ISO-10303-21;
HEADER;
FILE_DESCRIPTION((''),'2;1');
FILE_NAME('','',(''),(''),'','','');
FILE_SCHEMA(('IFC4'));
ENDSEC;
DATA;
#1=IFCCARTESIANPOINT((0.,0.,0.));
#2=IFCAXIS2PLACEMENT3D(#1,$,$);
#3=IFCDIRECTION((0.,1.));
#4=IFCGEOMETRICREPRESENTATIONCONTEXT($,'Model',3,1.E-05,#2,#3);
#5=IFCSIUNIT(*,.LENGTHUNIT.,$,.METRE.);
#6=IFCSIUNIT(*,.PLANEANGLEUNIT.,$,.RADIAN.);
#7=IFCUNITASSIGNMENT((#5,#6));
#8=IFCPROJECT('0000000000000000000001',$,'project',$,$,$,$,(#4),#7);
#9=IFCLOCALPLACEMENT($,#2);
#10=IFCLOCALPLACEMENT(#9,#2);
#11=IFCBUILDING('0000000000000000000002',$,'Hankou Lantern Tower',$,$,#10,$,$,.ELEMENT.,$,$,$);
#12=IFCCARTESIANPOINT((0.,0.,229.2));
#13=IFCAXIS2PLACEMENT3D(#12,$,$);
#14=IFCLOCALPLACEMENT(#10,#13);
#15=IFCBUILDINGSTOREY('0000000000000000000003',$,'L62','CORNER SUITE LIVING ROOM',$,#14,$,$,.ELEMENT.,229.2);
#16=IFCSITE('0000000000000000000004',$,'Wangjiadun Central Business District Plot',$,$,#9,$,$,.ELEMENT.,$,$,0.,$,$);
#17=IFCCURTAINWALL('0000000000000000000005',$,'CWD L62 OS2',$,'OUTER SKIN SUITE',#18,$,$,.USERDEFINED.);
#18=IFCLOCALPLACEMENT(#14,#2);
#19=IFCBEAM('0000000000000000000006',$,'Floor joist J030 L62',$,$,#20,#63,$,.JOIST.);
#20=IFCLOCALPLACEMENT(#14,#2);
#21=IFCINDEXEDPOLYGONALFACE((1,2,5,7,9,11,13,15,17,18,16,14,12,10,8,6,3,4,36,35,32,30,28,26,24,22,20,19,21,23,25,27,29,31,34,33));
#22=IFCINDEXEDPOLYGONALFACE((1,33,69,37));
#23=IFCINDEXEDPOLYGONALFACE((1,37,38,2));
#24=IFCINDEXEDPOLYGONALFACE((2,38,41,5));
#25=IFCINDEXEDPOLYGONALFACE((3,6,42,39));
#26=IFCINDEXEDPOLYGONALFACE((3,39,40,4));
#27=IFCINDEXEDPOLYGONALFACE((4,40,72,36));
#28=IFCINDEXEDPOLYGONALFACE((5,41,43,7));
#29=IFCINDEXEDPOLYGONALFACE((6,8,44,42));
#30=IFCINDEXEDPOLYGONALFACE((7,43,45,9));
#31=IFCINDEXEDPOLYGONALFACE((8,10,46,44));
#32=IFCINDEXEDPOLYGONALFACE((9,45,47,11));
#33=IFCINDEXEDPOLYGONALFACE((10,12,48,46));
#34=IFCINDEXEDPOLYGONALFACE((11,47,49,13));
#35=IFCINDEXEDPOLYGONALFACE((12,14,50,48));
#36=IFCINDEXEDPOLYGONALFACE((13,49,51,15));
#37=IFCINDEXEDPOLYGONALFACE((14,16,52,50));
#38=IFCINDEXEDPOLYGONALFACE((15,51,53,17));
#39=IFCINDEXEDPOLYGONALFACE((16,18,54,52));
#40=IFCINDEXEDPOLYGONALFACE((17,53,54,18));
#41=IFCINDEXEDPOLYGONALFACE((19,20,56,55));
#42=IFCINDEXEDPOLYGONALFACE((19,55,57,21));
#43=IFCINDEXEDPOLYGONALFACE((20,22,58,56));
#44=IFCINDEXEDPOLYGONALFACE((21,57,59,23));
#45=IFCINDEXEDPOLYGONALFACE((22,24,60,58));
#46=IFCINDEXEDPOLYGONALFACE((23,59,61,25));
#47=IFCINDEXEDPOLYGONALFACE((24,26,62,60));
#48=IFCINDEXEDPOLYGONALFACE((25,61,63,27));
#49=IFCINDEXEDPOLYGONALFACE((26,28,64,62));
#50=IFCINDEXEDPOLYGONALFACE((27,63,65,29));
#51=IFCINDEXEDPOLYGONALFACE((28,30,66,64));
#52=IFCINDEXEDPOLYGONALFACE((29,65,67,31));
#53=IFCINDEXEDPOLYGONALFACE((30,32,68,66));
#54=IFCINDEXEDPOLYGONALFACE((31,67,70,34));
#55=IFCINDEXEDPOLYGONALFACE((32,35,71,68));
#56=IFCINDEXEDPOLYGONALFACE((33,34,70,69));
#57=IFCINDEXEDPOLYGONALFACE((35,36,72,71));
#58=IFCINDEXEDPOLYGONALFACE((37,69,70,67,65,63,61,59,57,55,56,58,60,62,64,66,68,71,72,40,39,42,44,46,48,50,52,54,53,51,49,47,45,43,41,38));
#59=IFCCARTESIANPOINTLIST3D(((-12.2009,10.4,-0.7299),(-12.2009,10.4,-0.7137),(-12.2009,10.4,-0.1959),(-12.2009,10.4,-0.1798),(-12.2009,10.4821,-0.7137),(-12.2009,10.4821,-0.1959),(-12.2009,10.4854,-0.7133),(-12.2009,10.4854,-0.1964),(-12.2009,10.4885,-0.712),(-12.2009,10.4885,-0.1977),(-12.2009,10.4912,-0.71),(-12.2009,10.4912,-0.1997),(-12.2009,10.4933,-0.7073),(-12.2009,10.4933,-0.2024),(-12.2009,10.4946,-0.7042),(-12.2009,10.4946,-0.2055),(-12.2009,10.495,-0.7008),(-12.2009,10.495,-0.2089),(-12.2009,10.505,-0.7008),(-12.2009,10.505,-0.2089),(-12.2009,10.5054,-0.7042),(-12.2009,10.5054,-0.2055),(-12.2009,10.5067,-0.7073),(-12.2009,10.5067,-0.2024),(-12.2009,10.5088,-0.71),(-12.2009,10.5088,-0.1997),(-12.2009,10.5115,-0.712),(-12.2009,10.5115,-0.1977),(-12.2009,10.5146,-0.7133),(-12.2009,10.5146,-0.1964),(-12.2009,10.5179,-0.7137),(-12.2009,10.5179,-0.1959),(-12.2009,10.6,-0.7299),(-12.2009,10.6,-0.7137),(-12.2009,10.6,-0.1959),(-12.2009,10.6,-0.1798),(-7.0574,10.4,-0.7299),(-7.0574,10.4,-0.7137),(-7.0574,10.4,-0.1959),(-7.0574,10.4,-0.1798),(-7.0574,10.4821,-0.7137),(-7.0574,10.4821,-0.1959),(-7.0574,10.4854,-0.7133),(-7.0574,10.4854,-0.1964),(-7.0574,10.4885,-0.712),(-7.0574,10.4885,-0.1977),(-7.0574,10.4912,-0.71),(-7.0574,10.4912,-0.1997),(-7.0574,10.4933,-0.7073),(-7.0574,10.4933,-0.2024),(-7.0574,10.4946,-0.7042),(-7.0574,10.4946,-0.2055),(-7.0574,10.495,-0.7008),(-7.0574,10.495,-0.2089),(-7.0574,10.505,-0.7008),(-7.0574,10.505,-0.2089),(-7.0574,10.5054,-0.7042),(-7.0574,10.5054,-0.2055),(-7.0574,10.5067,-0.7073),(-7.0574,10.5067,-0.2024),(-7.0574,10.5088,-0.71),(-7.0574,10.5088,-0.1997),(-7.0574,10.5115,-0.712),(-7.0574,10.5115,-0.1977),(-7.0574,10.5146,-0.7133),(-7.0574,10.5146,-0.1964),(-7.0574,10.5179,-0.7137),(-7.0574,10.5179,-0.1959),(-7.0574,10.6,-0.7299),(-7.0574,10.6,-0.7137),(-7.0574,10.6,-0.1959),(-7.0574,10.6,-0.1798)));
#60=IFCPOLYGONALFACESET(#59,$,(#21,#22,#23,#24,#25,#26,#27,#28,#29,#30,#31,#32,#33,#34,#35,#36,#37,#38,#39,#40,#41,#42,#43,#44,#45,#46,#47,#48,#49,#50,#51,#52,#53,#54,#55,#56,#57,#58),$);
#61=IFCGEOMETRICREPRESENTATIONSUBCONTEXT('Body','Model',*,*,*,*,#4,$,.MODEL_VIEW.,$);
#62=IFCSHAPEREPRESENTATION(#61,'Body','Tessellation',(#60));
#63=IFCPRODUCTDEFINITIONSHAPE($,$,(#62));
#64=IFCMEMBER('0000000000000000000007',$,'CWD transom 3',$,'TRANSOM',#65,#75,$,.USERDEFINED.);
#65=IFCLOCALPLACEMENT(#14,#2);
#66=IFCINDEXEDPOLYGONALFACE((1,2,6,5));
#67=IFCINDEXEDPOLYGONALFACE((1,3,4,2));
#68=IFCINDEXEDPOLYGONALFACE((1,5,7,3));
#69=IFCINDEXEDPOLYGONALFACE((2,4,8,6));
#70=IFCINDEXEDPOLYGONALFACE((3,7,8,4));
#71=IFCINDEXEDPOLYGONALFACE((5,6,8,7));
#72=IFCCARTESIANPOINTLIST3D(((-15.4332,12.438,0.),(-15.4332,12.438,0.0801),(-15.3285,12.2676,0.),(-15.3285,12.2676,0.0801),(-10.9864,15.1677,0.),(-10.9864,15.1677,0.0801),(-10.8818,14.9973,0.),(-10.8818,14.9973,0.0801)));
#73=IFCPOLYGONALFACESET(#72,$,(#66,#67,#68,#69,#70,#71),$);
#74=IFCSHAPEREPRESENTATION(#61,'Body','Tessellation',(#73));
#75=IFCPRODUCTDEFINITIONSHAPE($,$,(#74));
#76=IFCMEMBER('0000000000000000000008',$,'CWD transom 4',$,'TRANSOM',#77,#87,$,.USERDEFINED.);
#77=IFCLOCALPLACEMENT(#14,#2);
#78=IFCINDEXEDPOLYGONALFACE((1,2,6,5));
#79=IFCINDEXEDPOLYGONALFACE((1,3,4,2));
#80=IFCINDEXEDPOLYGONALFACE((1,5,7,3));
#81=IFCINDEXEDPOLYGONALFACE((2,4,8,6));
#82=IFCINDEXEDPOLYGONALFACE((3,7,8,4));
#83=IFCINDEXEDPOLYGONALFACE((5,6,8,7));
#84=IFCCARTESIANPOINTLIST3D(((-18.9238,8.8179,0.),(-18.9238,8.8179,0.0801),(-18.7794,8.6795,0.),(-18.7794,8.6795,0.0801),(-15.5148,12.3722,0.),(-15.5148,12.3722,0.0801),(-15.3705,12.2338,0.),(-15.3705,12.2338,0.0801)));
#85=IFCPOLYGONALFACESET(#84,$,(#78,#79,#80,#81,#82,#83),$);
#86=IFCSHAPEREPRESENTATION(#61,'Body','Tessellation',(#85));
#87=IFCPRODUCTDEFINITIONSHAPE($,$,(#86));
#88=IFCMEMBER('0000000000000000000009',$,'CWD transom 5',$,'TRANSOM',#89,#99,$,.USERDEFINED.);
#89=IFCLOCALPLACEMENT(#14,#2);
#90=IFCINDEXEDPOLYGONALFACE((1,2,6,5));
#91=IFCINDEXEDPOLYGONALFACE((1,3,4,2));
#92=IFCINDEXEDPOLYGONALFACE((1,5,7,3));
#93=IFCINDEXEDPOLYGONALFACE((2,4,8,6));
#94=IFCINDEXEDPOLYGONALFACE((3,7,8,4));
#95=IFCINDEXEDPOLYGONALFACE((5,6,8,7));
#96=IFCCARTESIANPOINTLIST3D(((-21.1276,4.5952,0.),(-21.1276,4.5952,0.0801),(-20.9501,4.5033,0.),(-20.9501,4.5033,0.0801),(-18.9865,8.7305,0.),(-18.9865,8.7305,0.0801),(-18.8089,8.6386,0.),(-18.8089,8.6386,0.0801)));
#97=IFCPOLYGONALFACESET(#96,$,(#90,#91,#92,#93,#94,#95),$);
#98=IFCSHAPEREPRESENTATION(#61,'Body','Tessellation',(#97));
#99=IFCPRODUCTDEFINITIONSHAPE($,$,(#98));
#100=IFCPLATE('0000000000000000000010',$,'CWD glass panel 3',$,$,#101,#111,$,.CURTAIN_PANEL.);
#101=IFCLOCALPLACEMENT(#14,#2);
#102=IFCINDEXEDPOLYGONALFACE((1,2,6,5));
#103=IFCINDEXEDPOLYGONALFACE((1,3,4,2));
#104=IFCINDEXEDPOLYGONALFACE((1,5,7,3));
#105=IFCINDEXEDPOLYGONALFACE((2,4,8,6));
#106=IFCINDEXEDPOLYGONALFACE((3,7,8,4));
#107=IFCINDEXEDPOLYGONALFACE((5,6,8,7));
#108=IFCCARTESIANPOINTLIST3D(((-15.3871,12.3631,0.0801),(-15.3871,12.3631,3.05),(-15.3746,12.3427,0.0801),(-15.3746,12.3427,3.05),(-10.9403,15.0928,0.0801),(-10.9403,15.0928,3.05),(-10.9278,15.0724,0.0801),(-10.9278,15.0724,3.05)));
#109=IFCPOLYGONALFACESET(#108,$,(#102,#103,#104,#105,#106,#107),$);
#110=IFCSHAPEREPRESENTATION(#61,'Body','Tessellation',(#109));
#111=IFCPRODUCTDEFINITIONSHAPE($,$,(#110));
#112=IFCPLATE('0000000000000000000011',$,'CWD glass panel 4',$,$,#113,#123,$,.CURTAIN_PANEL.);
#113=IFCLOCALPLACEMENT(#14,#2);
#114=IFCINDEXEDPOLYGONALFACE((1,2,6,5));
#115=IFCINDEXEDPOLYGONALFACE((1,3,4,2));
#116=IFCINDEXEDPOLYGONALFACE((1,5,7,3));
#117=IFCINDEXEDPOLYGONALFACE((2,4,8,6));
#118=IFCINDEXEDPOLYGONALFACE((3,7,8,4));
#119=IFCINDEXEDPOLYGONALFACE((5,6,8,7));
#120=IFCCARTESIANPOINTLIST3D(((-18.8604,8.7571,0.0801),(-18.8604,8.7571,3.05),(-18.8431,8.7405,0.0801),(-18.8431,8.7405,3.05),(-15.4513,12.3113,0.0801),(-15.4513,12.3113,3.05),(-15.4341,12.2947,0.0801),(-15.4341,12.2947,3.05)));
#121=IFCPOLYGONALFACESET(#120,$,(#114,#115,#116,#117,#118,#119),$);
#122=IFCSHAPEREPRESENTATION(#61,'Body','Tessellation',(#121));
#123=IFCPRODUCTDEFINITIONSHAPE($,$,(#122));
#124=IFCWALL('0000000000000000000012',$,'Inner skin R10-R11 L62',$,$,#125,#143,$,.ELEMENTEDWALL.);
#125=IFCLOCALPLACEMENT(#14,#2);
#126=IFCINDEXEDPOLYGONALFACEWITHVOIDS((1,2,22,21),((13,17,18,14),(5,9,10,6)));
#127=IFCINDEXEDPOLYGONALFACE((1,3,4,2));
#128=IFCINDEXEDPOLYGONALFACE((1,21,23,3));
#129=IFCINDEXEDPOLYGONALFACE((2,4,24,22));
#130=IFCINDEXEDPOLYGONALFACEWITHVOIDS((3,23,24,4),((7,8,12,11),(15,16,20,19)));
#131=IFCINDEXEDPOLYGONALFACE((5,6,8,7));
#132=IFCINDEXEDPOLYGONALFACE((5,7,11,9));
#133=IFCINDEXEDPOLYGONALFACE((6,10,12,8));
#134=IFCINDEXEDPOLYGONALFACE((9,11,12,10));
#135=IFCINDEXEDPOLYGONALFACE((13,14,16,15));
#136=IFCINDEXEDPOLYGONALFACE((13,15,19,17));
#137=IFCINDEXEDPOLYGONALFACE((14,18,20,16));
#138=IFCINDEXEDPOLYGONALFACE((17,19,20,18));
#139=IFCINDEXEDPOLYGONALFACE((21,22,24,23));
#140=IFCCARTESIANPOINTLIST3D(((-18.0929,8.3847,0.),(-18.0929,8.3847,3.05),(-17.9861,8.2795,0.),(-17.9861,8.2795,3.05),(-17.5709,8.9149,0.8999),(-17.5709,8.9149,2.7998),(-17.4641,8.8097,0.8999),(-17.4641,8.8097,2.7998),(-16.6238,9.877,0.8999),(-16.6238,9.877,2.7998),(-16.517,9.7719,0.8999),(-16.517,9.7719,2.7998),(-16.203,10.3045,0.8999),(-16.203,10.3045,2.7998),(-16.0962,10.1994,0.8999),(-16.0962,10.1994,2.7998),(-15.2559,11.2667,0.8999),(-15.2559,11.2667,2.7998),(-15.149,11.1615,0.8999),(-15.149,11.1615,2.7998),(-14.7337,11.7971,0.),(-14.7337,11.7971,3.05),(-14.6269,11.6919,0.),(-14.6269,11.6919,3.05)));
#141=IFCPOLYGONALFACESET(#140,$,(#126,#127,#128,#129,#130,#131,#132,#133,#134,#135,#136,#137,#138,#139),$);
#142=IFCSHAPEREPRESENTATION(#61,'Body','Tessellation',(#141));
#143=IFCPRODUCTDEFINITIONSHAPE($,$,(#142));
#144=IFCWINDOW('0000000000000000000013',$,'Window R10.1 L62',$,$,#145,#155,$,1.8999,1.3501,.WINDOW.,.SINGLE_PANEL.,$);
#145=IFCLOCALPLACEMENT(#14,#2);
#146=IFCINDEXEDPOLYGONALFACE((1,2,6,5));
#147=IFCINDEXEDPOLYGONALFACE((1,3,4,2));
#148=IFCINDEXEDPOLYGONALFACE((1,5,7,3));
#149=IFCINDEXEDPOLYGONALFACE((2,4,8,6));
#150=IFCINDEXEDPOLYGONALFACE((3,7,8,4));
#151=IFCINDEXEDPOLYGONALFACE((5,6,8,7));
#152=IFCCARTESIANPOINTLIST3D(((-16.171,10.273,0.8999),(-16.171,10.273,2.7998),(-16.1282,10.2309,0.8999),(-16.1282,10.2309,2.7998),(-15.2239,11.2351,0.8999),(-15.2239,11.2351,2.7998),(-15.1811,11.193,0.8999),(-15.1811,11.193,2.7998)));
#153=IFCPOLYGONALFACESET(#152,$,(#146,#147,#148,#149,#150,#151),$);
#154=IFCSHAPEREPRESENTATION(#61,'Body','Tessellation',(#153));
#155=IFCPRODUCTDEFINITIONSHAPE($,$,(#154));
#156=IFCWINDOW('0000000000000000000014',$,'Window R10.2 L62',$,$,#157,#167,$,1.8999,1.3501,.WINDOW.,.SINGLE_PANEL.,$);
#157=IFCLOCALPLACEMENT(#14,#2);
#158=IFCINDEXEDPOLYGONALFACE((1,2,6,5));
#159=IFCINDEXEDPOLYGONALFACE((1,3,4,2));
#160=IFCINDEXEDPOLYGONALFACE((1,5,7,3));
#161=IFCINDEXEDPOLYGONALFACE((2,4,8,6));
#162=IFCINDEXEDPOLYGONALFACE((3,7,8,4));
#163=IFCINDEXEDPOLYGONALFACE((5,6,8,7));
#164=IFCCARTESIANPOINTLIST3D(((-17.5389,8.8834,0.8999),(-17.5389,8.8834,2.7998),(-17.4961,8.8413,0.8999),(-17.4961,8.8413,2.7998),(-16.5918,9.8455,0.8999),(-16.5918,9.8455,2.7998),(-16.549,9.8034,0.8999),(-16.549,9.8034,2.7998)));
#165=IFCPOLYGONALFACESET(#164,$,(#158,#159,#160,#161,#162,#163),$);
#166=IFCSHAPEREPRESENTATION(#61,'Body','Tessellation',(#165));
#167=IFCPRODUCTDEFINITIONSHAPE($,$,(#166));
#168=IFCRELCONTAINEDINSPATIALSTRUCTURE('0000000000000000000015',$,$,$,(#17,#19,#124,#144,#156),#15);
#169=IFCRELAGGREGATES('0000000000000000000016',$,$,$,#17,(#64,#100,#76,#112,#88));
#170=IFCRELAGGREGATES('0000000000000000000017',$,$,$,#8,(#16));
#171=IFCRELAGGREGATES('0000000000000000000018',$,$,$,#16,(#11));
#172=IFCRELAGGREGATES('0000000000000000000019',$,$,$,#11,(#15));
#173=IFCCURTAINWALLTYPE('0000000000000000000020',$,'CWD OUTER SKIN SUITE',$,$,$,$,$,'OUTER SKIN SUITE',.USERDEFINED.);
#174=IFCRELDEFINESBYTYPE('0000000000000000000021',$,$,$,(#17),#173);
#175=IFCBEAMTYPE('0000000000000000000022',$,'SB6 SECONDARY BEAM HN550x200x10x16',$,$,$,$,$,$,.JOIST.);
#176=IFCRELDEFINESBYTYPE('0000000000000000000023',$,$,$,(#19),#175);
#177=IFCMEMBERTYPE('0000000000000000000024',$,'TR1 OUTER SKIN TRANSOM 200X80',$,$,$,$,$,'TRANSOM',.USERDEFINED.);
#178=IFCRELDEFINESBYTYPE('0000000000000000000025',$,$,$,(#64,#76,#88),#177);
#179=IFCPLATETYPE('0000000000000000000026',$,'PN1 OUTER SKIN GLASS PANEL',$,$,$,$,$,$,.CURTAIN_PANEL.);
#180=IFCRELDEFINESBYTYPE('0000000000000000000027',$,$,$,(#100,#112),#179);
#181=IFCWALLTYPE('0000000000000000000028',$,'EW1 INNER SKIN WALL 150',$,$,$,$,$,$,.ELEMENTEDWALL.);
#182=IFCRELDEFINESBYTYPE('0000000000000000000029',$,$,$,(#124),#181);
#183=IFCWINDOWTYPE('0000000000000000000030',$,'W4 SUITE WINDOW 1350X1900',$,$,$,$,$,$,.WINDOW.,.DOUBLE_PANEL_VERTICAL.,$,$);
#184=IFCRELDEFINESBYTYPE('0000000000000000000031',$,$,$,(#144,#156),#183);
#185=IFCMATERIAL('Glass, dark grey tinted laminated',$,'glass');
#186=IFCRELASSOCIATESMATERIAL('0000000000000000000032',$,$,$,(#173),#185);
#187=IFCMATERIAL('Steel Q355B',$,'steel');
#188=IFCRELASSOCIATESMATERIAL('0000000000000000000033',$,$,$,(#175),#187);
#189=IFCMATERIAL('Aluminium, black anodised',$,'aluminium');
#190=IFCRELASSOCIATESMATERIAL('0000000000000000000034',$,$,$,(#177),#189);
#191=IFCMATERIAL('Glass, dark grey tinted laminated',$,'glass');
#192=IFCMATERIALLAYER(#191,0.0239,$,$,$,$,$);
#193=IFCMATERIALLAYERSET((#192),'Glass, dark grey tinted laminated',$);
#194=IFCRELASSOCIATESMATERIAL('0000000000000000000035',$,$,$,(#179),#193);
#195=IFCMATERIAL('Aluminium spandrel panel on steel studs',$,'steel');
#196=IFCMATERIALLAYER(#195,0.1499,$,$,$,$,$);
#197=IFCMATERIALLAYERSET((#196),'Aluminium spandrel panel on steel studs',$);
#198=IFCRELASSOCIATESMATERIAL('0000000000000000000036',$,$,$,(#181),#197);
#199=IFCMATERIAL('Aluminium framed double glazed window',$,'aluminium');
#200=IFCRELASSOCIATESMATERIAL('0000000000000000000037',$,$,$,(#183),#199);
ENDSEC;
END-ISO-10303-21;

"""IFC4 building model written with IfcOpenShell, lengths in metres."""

from ifc_helpers import new_model, si_unit, direction, frame, frame_2d, origin, origin_2d, place, context, subcontext, project, spatial, rectangle, i_section, extrude, material, layer, layer_set, material_profile, profile_set, type_object, element, fill, aggregate, save


model = new_model("IFC4")

# Units and contexts
model_context = context("Model", 3, precision=1e-05, world=origin(), true_north=direction((0.0, 1.0)))
body_context = subcontext(model_context, "Body", "Model", "MODEL_VIEW")
ifc_project = project(units=[si_unit("LENGTHUNIT", "METRE"), si_unit("PLANEANGLEUNIT", "RADIAN")], contexts=[model_context])

# Site, building, storey
site_placement = place(None, origin())
site = spatial("IfcSite", under=ifc_project, at=site_placement, Name="Wangjiadun Central Business District Plot", CompositionType="ELEMENT", RefElevation=0.0)
building_placement = place(site_placement, origin())
building = spatial("IfcBuilding", under=site, at=building_placement, Name="Hankou Lantern Tower", CompositionType="ELEMENT")
storey_placement = place(building_placement, frame((0.0, 0.0, 229.2)))
storey = spatial("IfcBuildingStorey", under=building, at=storey_placement, Name="L62", Description="CORNER SUITE LIVING ROOM", CompositionType="ELEMENT", Elevation=229.2)

# Curtain wall
ifc_material_1 = material(Name="Glass, dark grey tinted laminated", Category="glass")
curtain_wall_type = type_object("IfcCurtainWallType", Name="CWD OUTER SKIN SUITE", ElementType="OUTER SKIN SUITE", PredefinedType="USERDEFINED", material=ifc_material_1)
curtain_wall_placement = place(storey_placement, origin())
curtain_wall = element("IfcCurtainWall", 1, at=curtain_wall_placement, inside=storey, type_object=curtain_wall_type, Name="CWD L62 OS2", ObjectType="OUTER SKIN SUITE", PredefinedType="USERDEFINED")

# Beam
ifc_material_2 = material(Name="Steel Q355B", Category="steel")
ifc_material_profile_1 = material_profile(ifc_material_2, i_section(OverallWidth=0.2, OverallDepth=0.55, WebThickness=0.01, FlangeThickness=0.0161, FilletRadius=0.0129, at=origin_2d()), Name="HN550x200x10x16")
ifc_profile_set_1 = profile_set([ifc_material_profile_1], Name="Steel Q355B")
beam_type_1 = type_object("IfcBeamType", Name="SB6 SECONDARY BEAM HN550x200x10x16", PredefinedType="JOIST", material=ifc_profile_set_1)
beam_1_placement = place(storey_placement, frame((-12.2009, 10.5, -0.4548), z_axis=(1.0, 0.0, 0.0), x_axis=(0.0, 1.0, 0.0)))
element("IfcBeam", 2, at=beam_1_placement, inside=storey, type_object=beam_type_1, Name="Floor joist J030 L62", PredefinedType="JOIST", context=body_context, shape_type="SweptSolid", body=[
    extrude(i_section(OverallWidth=0.2, OverallDepth=0.55, WebThickness=0.01, FlangeThickness=0.0161, FilletRadius=0.0129, at=origin_2d()), origin(), (0.0, 0.0, 1.0), 5.1436),
])

# Members
ifc_material_3 = material(Name="Aluminium, black anodised", Category="aluminium")
ifc_material_profile_2 = material_profile(ifc_material_3, rectangle(XDim=0.2, YDim=0.0801, at=origin_2d()), Name="TR1 200X80")
ifc_profile_set_2 = profile_set([ifc_material_profile_2], Name="Aluminium, black anodised")
member_type_1 = type_object("IfcMemberType", Name="TR1 OUTER SKIN TRANSOM 200X80", ElementType="TRANSOM", PredefinedType="USERDEFINED", material=ifc_profile_set_2)
member_1_placement = place(storey_placement, frame((-10.9341, 15.0825, 0.04), z_axis=(-0.852235, -0.52316, 0.0), x_axis=(0.52316, -0.852235, 0.0)))
member_1 = element("IfcMember", 3, at=member_1_placement, type_object=member_type_1, Name="CWD transom 3", ObjectType="TRANSOM", PredefinedType="USERDEFINED", context=body_context, shape_type="SweptSolid", body=[
    extrude(rectangle(XDim=0.2, YDim=0.0801, at=origin_2d()), origin(), (0.0, 0.0, 1.0), 5.2178),
])
member_2_placement = place(storey_placement, frame((-15.4426, 12.303, 0.04), z_axis=(-0.692205, -0.721701, 0.0), x_axis=(0.721701, -0.692205, 0.0)))
member_2 = element("IfcMember", 4, at=member_2_placement, type_object=member_type_1, Name="CWD transom 4", ObjectType="TRANSOM", PredefinedType="USERDEFINED", context=body_context, shape_type="SweptSolid", body=[
    extrude(rectangle(XDim=0.2, YDim=0.0801, at=origin_2d()), origin(), (0.0, 0.0, 1.0), 4.9248),
])
member_3_placement = place(storey_placement, frame((-18.8977, 8.6846, 0.04), z_axis=(-0.459794, -0.888026, 0.0), x_axis=(0.888026, -0.459794, 0.0)))
member_3 = element("IfcMember", 5, at=member_3_placement, type_object=member_type_1, Name="CWD transom 5", ObjectType="TRANSOM", PredefinedType="USERDEFINED", context=body_context, shape_type="SweptSolid", body=[
    extrude(rectangle(XDim=0.2, YDim=0.0801, at=origin_2d()), origin(), (0.0, 0.0, 1.0), 4.6567),
])

# Plates
ifc_material_4 = material(Name="Glass, dark grey tinted laminated", Category="glass")
ifc_layer_1 = layer(ifc_material_4, 0.0239)
ifc_layer_set_1 = layer_set([ifc_layer_1], Name="Glass, dark grey tinted laminated")
plate_type = type_object("IfcPlateType", Name="PN1 OUTER SKIN GLASS PANEL", PredefinedType="CURTAIN_PANEL", material=ifc_layer_set_1)
plate_1_placement = place(storey_placement, frame((-13.1575, 13.7178, 0.0801), z_axis=(0.0, 0.0, 1.0), x_axis=(-0.852237, -0.523156, 0.0)))
plate_1 = element("IfcPlate", 6, at=plate_1_placement, type_object=plate_type, Name="CWD glass panel 3", PredefinedType="CURTAIN_PANEL", context=body_context, shape_type="SweptSolid", body=[
    extrude(rectangle(XDim=5.2178, YDim=0.0239, at=origin_2d()), origin(), (0.0, 0.0, 1.0), 2.97),
])
plate_2_placement = place(storey_placement, frame((-17.1472, 10.5259, 0.0801), z_axis=(0.0, 0.0, 1.0), x_axis=(-0.692216, -0.721691, 0.0)))
plate_2 = element("IfcPlate", 7, at=plate_2_placement, type_object=plate_type, Name="CWD glass panel 4", PredefinedType="CURTAIN_PANEL", context=body_context, shape_type="SweptSolid", body=[
    extrude(rectangle(XDim=4.9248, YDim=0.0239, at=origin_2d()), origin(), (0.0, 0.0, 1.0), 2.97),
])
aggregate(curtain_wall, [member_1, plate_1, member_2, plate_2, member_3])

# Wall, openings, windows
ifc_material_5 = material(Name="Aluminium spandrel panel on steel studs", Category="steel")
ifc_layer_2 = layer(ifc_material_5, 0.1499)
ifc_layer_set_2 = layer_set([ifc_layer_2], Name="Aluminium spandrel panel on steel studs")
wall_type_1 = type_object("IfcWallType", Name="EW1 INNER SKIN WALL 150", PredefinedType="ELEMENTEDWALL", material=ifc_layer_set_2)
wall_1_placement = place(storey_placement, frame((-14.6804, 11.7444, 0.0), z_axis=(0.0, 0.0, 1.0), x_axis=(-0.701527, -0.712643, 0.0)))
wall_1 = element("IfcWall", 8, at=wall_1_placement, inside=storey, type_object=wall_type_1, Name="Inner skin R10-R11 L62", PredefinedType="ELEMENTEDWALL", context=body_context, shape_type="SweptSolid", body=[
    extrude(rectangle(XDim=4.7883, YDim=0.1499, at=frame_2d((2.394, 0.0))), origin(), (0.0, 0.0, 1.0), 3.05),
])
opening_1_placement = place(wall_1_placement, frame((0.7441, 0.0, 0.8999)))
opening_1 = element("IfcOpeningElement", 9, at=opening_1_placement, cuts=wall_1, PredefinedType="OPENING", context=body_context, shape_type="SweptSolid", body=[
    extrude(rectangle(XDim=1.3501, YDim=1.8999, at=frame_2d((0.675, 0.95))), frame((0.0, 0.085, 0.0), z_axis=(0.0, -1.0, 0.0), x_axis=(1.0, 0.0, 0.0)), (0.0, 0.0, 1.0), 0.1699),
])
opening_2_placement = place(wall_1_placement, frame((2.6941, 0.0, 0.8999)))
opening_2 = element("IfcOpeningElement", 10, at=opening_2_placement, cuts=wall_1, PredefinedType="OPENING", context=body_context, shape_type="SweptSolid", body=[
    extrude(rectangle(XDim=1.3501, YDim=1.8999, at=frame_2d((0.675, 0.95))), frame((0.0, 0.085, 0.0), z_axis=(0.0, -1.0, 0.0), x_axis=(1.0, 0.0, 0.0)), (0.0, 0.0, 1.0), 0.1699),
])
ifc_material_6 = material(Name="Aluminium framed double glazed window", Category="aluminium")
window_type = type_object("IfcWindowType", Name="W4 SUITE WINDOW 1350X1900", PartitioningType="DOUBLE_PANEL_VERTICAL", PredefinedType="WINDOW", material=ifc_material_6)
window_1_placement = place(opening_1_placement, origin())
window_1 = element("IfcWindow", 11, at=window_1_placement, inside=storey, type_object=window_type, Name="Window R10.1 L62", OverallHeight=1.8999, OverallWidth=1.3501, PartitioningType="SINGLE_PANEL", PredefinedType="WINDOW", context=body_context, shape_type="SweptSolid", body=[
    extrude(rectangle(XDim=1.3501, YDim=1.8999, at=frame_2d((0.675, 0.95))), frame((0.0, 0.03, 0.0), z_axis=(0.0, -1.0, 0.0), x_axis=(1.0, 0.0, 0.0)), (0.0, 0.0, 1.0), 0.0601),
])
fill(opening_1, window_1)
window_2_placement = place(opening_2_placement, origin())
window_2 = element("IfcWindow", 12, at=window_2_placement, inside=storey, type_object=window_type, Name="Window R10.2 L62", OverallHeight=1.8999, OverallWidth=1.3501, PartitioningType="SINGLE_PANEL", PredefinedType="WINDOW", context=body_context, shape_type="SweptSolid", body=[
    extrude(rectangle(XDim=1.3501, YDim=1.8999, at=frame_2d((0.675, 0.95))), frame((0.0, 0.03, 0.0), z_axis=(0.0, -1.0, 0.0), x_axis=(1.0, 0.0, 0.0)), (0.0, 0.0, 1.0), 0.0601),
])
fill(opening_2, window_2)

save(model, "model.ifc")
